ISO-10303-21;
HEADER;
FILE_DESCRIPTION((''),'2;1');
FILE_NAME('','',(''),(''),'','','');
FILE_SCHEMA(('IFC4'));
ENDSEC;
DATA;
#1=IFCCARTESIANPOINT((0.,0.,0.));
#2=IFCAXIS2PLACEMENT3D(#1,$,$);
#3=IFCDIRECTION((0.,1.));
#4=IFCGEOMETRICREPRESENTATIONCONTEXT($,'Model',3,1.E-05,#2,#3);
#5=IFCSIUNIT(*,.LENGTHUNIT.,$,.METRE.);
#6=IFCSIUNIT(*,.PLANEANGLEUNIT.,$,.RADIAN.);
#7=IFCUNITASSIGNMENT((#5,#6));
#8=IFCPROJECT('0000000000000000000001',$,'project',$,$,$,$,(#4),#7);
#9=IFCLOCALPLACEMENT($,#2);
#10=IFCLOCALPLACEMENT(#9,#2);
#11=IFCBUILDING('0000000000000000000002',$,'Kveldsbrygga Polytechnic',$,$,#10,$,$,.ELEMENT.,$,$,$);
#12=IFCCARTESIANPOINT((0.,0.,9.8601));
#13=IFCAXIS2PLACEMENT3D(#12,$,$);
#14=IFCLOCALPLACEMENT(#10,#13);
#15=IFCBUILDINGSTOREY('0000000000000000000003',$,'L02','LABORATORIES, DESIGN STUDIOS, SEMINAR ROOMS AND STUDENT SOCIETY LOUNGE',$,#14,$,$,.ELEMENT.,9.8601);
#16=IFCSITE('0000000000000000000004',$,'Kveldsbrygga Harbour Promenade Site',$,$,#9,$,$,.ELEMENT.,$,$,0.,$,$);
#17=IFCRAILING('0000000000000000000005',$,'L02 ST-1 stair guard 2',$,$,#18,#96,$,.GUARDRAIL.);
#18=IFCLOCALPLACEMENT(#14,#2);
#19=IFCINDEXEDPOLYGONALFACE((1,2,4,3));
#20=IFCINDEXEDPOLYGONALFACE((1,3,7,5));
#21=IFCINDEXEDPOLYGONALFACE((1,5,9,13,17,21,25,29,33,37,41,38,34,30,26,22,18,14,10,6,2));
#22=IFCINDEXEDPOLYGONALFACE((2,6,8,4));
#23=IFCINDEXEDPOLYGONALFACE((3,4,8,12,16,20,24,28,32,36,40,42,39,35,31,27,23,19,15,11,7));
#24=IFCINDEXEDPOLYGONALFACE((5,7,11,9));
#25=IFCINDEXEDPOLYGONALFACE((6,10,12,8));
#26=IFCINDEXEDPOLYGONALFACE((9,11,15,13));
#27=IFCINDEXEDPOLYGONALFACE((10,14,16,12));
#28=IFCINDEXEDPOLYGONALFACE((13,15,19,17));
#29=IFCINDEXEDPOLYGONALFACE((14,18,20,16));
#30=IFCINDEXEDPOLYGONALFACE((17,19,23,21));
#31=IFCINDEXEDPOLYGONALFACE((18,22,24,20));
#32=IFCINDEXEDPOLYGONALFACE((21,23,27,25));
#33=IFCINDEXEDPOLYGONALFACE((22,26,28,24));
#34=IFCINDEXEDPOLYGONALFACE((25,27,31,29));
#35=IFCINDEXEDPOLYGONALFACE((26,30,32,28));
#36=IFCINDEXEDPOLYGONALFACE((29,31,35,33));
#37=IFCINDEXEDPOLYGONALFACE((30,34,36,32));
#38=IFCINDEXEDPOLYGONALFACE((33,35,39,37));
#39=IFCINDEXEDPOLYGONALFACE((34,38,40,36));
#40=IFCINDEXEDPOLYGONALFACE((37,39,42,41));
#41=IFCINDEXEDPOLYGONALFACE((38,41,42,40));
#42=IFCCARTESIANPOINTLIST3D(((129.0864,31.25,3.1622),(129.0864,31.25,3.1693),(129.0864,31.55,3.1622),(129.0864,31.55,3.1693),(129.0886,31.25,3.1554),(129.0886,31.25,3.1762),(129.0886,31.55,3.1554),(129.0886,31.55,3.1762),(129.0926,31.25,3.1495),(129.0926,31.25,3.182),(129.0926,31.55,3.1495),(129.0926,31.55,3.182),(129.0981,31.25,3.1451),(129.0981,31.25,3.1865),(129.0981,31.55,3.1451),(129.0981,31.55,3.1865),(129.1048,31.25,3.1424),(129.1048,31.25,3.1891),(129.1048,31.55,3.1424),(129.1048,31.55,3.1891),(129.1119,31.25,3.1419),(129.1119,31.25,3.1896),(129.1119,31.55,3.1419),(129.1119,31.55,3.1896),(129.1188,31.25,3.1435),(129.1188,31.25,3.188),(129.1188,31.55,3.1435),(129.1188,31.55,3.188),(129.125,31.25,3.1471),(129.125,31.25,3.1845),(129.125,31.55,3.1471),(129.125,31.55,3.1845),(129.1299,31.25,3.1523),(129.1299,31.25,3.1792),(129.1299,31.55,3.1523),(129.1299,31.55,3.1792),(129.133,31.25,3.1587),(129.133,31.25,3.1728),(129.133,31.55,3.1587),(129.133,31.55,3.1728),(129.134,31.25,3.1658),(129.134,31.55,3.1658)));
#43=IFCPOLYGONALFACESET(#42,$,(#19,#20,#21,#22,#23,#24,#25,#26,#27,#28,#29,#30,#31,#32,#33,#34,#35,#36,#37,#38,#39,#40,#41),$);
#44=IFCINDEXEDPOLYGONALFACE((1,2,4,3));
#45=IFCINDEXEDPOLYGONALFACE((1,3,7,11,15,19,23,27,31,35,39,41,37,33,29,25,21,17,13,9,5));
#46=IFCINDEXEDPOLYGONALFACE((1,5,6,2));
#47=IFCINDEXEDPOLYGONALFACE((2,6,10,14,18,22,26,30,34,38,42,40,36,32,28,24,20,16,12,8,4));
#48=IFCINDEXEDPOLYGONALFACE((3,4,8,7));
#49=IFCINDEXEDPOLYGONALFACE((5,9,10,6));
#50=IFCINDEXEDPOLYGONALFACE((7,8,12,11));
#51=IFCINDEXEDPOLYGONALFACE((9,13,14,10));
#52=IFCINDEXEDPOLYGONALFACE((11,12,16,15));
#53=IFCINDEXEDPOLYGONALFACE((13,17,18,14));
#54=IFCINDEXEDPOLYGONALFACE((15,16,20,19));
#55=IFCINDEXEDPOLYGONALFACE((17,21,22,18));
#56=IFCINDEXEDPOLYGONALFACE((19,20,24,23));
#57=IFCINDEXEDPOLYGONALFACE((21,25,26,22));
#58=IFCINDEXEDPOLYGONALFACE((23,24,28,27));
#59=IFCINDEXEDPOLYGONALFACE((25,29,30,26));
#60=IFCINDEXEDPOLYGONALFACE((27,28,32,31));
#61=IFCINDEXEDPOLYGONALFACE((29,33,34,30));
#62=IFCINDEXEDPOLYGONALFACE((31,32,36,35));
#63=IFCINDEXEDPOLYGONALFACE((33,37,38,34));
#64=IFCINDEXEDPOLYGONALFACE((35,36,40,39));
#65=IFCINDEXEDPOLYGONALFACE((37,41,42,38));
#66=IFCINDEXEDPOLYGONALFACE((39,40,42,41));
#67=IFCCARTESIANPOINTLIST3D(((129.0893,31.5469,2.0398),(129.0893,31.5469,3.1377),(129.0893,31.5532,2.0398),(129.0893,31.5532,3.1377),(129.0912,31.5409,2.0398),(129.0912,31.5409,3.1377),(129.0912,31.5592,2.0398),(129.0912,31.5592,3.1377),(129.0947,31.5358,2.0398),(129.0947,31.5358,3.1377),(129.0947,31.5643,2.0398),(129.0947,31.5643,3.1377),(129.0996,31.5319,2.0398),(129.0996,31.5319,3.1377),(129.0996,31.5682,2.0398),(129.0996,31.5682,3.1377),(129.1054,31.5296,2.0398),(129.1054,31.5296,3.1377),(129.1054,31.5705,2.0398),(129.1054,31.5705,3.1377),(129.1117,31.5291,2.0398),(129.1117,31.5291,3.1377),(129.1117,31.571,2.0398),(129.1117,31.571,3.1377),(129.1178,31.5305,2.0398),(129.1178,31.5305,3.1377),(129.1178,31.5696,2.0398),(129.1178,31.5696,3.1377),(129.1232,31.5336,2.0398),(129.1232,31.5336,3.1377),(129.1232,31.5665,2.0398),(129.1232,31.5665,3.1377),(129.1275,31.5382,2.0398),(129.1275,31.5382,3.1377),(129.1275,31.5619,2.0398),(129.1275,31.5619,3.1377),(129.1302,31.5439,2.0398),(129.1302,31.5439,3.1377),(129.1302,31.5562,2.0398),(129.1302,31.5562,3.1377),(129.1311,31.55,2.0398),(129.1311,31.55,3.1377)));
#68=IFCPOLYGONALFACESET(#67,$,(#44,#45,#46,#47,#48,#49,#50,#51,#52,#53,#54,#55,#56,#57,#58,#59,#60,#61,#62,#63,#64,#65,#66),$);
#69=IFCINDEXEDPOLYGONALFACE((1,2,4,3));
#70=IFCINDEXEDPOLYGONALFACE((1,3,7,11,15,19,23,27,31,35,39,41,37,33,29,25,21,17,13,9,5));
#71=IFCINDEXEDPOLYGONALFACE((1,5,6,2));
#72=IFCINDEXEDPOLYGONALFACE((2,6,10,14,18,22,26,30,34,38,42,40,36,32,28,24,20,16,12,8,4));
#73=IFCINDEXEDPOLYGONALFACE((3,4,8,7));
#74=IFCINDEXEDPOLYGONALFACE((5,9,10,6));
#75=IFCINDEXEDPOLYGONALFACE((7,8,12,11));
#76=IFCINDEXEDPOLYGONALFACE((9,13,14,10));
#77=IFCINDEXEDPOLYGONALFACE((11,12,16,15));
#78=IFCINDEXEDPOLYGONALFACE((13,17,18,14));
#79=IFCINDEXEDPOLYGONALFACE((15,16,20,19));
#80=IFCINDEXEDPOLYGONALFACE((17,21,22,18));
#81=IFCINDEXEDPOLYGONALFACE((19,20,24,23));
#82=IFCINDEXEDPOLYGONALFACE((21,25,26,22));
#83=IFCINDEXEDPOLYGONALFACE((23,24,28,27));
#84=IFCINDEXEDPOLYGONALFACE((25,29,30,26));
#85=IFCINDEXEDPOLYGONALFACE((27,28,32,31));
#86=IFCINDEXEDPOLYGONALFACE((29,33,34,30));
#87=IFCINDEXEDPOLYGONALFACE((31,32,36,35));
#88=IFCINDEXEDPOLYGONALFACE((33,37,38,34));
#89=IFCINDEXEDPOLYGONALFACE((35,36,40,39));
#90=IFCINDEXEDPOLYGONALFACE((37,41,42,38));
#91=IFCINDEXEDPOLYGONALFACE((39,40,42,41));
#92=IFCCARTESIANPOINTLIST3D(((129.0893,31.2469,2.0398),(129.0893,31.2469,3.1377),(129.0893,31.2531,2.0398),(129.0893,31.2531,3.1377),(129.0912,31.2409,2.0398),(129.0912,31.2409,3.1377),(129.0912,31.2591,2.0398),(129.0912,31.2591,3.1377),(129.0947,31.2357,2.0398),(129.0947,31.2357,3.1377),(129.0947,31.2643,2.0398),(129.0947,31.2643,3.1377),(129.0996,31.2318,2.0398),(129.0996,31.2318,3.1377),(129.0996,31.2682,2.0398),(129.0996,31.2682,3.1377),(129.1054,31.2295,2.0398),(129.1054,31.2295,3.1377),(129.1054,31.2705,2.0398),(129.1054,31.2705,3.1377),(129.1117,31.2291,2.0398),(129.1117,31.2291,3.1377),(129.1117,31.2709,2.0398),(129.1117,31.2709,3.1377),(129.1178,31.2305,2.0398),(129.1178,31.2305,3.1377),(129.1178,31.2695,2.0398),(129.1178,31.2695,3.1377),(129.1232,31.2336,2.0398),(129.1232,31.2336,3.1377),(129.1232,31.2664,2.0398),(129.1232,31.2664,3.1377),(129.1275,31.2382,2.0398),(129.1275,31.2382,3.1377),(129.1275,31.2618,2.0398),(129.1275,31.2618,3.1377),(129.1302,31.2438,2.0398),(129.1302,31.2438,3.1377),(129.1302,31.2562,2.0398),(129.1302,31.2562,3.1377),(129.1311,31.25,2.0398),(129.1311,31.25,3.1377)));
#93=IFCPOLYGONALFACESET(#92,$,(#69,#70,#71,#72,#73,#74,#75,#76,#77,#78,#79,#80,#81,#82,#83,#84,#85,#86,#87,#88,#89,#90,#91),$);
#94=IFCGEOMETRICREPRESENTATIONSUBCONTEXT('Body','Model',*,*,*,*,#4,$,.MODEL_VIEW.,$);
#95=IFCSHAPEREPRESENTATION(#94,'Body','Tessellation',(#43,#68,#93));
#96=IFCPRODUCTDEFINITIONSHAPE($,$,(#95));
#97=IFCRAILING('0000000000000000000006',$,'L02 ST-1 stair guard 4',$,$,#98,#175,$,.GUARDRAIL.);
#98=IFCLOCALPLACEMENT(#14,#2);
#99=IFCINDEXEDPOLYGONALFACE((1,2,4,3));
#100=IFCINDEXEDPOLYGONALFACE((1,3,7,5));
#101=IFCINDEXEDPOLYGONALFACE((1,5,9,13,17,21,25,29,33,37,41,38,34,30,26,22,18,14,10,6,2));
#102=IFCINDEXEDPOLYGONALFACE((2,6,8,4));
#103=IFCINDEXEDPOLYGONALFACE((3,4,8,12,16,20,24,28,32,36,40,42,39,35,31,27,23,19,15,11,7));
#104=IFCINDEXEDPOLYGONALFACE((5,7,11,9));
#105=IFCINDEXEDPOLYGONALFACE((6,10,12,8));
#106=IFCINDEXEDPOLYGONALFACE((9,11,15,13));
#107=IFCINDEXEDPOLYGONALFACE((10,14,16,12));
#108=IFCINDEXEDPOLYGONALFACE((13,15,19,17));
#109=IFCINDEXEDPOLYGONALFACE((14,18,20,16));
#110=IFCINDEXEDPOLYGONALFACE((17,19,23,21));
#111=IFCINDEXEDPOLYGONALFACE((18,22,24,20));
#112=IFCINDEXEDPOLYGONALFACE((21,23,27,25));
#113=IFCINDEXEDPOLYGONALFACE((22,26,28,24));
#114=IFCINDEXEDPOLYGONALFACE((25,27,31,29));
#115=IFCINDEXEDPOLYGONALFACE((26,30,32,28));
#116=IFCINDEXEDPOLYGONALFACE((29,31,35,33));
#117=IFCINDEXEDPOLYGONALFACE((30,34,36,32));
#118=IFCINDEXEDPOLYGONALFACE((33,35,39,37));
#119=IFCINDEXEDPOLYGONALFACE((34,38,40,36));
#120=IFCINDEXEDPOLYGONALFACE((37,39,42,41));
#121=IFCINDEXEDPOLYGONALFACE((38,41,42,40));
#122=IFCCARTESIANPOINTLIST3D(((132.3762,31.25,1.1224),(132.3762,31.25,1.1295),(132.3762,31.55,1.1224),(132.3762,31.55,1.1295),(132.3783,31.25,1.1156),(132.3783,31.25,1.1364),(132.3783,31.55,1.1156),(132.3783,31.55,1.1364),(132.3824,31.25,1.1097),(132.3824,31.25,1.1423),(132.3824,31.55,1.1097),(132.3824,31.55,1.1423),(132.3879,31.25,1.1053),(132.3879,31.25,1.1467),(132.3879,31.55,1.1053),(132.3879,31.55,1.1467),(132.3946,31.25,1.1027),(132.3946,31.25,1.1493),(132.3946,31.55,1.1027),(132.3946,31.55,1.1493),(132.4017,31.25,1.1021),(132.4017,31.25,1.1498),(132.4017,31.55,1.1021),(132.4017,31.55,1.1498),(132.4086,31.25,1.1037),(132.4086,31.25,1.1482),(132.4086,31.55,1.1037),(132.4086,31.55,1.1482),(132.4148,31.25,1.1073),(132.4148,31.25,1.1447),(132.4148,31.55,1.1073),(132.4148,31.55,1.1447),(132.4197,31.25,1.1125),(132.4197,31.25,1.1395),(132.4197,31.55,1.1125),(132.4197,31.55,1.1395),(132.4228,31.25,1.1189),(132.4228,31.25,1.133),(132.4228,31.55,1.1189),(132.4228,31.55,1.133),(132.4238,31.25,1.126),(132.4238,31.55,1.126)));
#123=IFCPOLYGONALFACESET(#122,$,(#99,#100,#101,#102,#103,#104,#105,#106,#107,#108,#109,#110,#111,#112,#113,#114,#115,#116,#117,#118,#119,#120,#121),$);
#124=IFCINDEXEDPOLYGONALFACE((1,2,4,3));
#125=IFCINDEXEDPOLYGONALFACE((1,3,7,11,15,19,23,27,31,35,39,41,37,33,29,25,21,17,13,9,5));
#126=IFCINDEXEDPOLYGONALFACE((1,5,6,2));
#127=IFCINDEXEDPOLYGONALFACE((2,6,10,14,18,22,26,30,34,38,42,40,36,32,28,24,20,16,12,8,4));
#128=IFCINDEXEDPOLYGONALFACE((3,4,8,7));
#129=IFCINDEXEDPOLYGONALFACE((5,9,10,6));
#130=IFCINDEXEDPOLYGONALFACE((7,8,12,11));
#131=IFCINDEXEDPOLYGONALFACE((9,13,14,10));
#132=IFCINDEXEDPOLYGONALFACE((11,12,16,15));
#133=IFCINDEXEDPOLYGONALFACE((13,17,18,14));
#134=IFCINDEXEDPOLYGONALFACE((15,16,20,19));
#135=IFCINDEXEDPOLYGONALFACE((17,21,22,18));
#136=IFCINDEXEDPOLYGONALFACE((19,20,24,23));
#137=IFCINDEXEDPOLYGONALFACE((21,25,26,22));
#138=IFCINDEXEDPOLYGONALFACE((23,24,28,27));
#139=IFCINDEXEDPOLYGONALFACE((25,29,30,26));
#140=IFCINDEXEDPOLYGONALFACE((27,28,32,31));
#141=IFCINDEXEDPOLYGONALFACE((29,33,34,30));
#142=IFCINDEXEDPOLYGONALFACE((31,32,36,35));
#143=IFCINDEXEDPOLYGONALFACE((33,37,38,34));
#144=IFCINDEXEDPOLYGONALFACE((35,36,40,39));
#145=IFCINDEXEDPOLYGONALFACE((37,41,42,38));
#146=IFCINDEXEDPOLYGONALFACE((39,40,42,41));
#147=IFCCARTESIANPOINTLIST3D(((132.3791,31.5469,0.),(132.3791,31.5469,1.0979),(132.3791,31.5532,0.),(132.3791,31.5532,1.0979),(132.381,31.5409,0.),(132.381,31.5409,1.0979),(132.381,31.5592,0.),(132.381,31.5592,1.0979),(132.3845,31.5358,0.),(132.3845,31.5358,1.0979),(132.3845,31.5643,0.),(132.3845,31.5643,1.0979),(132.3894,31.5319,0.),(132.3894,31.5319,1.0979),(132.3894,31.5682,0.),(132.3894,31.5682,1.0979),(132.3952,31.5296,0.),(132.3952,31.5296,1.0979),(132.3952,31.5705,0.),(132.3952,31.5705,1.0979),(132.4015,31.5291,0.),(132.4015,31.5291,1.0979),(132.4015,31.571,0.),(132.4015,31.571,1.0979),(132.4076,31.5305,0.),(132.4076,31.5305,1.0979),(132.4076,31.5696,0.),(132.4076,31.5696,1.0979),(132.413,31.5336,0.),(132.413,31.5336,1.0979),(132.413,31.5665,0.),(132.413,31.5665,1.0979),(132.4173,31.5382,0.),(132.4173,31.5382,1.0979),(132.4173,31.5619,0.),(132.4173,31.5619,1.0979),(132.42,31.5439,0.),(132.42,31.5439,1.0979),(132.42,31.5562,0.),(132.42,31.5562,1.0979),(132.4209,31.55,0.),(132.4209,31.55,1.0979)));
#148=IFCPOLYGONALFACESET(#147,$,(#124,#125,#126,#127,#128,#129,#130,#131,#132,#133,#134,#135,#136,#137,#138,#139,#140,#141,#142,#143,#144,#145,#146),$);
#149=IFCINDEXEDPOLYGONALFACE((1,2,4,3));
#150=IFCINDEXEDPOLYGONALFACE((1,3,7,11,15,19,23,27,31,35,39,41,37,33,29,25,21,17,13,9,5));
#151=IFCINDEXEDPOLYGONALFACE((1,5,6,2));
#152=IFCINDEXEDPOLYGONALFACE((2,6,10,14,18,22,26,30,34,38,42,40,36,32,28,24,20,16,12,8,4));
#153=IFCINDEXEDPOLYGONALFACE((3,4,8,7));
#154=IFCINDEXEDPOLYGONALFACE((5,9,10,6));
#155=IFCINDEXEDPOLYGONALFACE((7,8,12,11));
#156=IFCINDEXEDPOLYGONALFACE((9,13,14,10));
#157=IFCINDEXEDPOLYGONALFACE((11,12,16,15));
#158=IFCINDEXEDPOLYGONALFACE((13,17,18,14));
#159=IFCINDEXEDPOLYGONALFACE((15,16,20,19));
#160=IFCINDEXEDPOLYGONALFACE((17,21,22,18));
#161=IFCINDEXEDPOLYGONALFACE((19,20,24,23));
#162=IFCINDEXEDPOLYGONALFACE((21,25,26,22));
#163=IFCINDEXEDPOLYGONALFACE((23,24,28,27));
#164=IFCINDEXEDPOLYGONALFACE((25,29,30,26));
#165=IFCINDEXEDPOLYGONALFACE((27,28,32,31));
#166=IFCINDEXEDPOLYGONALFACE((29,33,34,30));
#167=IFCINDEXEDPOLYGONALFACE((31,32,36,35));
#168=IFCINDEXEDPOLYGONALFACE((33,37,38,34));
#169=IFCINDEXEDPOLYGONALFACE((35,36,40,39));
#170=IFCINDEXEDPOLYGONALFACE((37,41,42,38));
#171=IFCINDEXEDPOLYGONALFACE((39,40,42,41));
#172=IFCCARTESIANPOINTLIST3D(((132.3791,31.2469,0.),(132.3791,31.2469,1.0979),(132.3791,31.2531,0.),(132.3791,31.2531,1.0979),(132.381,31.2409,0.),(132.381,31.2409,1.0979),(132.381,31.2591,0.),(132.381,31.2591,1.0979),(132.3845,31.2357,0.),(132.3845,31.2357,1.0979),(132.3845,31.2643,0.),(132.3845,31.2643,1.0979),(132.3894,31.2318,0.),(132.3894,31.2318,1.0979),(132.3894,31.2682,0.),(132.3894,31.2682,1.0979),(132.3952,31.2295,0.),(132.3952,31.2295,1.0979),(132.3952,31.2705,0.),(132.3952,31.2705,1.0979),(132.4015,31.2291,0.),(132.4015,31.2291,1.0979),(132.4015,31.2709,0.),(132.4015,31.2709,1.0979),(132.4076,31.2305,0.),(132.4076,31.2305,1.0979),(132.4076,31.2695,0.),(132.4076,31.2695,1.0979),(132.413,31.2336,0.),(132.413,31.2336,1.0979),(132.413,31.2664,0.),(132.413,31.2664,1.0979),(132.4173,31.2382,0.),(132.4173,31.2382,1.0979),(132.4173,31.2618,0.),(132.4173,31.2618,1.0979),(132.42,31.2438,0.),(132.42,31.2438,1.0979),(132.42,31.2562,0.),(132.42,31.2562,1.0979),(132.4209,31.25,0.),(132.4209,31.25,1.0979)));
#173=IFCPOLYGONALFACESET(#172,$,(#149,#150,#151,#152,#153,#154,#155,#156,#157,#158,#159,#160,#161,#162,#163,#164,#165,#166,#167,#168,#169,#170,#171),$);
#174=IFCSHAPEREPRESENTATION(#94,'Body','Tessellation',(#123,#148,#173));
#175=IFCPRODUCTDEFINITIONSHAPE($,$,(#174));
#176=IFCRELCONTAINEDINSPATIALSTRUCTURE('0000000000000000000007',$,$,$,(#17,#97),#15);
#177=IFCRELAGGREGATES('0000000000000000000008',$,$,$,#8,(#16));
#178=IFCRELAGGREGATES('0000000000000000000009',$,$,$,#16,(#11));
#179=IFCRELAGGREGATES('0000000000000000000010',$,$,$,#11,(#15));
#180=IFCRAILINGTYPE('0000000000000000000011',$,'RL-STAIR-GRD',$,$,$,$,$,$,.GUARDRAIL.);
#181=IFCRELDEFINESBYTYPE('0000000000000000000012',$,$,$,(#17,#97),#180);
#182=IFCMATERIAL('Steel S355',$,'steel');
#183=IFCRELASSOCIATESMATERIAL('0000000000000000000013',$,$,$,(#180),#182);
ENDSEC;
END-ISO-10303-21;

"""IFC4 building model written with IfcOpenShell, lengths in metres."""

from ifc_helpers import new_model, si_unit, direction, frame, origin, origin_2d, place, context, subcontext, project, spatial, circle, extrude, material, type_object, element, save


model = new_model("IFC4")

# Units and contexts
model_context = context("Model", 3, precision=1e-05, world=origin(), true_north=direction((0.0, 1.0)))
body_context = subcontext(model_context, "Body", "Model", "MODEL_VIEW")
ifc_project = project(units=[si_unit("LENGTHUNIT", "METRE"), si_unit("PLANEANGLEUNIT", "RADIAN")], contexts=[model_context])

# Site, building, storey
site_placement = place(None, origin())
site = spatial("IfcSite", under=ifc_project, at=site_placement, Name="Kveldsbrygga Harbour Promenade Site", CompositionType="ELEMENT", RefElevation=0.0)
building_placement = place(site_placement, origin())
building = spatial("IfcBuilding", under=site, at=building_placement, Name="Kveldsbrygga Polytechnic", CompositionType="ELEMENT")
storey_placement = place(building_placement, frame((0.0, 0.0, 9.8601)))
storey = spatial("IfcBuildingStorey", under=building, at=storey_placement, Name="L02", Description="LABORATORIES, DESIGN STUDIOS, SEMINAR ROOMS AND STUDENT SOCIETY LOUNGE", CompositionType="ELEMENT", Elevation=9.8601)

# Shared definitions
ifc_material_1 = material(Name="Steel S355", Category="steel")

# Railings
railing_type_1 = type_object("IfcRailingType", Name="RL-STAIR-GRD", PredefinedType="GUARDRAIL", material=ifc_material_1)
for number, where, name in (
    (1, (129.1101, 31.55, 2.0398), "L02 ST-1 stair guard 2"),
    (2, (132.3999, 31.55, 0.0), "L02 ST-1 stair guard 4"),
):
    element("IfcRailing", number, at=place(storey_placement, frame(where)), inside=storey, type_object=railing_type_1, Name=name, PredefinedType="GUARDRAIL", context=body_context, shape_type="SweptSolid", body=[
        extrude(circle(Radius=0.0239, at=origin_2d()), frame((0.0, 0.0, 1.126), z_axis=(0.0, -1.0, 0.0), x_axis=(1.0, 0.0, 0.0)), (0.0, 0.0, 1.0), 0.3),
        extrude(circle(Radius=0.021, at=origin_2d()), origin(), (0.0, 0.0, 1.0), 1.0979),
        extrude(circle(Radius=0.021, at=origin_2d()), frame((0.0, -0.3, 0.0)), (0.0, 0.0, 1.0), 1.0979),
    ])

save(model, "model.ifc")
